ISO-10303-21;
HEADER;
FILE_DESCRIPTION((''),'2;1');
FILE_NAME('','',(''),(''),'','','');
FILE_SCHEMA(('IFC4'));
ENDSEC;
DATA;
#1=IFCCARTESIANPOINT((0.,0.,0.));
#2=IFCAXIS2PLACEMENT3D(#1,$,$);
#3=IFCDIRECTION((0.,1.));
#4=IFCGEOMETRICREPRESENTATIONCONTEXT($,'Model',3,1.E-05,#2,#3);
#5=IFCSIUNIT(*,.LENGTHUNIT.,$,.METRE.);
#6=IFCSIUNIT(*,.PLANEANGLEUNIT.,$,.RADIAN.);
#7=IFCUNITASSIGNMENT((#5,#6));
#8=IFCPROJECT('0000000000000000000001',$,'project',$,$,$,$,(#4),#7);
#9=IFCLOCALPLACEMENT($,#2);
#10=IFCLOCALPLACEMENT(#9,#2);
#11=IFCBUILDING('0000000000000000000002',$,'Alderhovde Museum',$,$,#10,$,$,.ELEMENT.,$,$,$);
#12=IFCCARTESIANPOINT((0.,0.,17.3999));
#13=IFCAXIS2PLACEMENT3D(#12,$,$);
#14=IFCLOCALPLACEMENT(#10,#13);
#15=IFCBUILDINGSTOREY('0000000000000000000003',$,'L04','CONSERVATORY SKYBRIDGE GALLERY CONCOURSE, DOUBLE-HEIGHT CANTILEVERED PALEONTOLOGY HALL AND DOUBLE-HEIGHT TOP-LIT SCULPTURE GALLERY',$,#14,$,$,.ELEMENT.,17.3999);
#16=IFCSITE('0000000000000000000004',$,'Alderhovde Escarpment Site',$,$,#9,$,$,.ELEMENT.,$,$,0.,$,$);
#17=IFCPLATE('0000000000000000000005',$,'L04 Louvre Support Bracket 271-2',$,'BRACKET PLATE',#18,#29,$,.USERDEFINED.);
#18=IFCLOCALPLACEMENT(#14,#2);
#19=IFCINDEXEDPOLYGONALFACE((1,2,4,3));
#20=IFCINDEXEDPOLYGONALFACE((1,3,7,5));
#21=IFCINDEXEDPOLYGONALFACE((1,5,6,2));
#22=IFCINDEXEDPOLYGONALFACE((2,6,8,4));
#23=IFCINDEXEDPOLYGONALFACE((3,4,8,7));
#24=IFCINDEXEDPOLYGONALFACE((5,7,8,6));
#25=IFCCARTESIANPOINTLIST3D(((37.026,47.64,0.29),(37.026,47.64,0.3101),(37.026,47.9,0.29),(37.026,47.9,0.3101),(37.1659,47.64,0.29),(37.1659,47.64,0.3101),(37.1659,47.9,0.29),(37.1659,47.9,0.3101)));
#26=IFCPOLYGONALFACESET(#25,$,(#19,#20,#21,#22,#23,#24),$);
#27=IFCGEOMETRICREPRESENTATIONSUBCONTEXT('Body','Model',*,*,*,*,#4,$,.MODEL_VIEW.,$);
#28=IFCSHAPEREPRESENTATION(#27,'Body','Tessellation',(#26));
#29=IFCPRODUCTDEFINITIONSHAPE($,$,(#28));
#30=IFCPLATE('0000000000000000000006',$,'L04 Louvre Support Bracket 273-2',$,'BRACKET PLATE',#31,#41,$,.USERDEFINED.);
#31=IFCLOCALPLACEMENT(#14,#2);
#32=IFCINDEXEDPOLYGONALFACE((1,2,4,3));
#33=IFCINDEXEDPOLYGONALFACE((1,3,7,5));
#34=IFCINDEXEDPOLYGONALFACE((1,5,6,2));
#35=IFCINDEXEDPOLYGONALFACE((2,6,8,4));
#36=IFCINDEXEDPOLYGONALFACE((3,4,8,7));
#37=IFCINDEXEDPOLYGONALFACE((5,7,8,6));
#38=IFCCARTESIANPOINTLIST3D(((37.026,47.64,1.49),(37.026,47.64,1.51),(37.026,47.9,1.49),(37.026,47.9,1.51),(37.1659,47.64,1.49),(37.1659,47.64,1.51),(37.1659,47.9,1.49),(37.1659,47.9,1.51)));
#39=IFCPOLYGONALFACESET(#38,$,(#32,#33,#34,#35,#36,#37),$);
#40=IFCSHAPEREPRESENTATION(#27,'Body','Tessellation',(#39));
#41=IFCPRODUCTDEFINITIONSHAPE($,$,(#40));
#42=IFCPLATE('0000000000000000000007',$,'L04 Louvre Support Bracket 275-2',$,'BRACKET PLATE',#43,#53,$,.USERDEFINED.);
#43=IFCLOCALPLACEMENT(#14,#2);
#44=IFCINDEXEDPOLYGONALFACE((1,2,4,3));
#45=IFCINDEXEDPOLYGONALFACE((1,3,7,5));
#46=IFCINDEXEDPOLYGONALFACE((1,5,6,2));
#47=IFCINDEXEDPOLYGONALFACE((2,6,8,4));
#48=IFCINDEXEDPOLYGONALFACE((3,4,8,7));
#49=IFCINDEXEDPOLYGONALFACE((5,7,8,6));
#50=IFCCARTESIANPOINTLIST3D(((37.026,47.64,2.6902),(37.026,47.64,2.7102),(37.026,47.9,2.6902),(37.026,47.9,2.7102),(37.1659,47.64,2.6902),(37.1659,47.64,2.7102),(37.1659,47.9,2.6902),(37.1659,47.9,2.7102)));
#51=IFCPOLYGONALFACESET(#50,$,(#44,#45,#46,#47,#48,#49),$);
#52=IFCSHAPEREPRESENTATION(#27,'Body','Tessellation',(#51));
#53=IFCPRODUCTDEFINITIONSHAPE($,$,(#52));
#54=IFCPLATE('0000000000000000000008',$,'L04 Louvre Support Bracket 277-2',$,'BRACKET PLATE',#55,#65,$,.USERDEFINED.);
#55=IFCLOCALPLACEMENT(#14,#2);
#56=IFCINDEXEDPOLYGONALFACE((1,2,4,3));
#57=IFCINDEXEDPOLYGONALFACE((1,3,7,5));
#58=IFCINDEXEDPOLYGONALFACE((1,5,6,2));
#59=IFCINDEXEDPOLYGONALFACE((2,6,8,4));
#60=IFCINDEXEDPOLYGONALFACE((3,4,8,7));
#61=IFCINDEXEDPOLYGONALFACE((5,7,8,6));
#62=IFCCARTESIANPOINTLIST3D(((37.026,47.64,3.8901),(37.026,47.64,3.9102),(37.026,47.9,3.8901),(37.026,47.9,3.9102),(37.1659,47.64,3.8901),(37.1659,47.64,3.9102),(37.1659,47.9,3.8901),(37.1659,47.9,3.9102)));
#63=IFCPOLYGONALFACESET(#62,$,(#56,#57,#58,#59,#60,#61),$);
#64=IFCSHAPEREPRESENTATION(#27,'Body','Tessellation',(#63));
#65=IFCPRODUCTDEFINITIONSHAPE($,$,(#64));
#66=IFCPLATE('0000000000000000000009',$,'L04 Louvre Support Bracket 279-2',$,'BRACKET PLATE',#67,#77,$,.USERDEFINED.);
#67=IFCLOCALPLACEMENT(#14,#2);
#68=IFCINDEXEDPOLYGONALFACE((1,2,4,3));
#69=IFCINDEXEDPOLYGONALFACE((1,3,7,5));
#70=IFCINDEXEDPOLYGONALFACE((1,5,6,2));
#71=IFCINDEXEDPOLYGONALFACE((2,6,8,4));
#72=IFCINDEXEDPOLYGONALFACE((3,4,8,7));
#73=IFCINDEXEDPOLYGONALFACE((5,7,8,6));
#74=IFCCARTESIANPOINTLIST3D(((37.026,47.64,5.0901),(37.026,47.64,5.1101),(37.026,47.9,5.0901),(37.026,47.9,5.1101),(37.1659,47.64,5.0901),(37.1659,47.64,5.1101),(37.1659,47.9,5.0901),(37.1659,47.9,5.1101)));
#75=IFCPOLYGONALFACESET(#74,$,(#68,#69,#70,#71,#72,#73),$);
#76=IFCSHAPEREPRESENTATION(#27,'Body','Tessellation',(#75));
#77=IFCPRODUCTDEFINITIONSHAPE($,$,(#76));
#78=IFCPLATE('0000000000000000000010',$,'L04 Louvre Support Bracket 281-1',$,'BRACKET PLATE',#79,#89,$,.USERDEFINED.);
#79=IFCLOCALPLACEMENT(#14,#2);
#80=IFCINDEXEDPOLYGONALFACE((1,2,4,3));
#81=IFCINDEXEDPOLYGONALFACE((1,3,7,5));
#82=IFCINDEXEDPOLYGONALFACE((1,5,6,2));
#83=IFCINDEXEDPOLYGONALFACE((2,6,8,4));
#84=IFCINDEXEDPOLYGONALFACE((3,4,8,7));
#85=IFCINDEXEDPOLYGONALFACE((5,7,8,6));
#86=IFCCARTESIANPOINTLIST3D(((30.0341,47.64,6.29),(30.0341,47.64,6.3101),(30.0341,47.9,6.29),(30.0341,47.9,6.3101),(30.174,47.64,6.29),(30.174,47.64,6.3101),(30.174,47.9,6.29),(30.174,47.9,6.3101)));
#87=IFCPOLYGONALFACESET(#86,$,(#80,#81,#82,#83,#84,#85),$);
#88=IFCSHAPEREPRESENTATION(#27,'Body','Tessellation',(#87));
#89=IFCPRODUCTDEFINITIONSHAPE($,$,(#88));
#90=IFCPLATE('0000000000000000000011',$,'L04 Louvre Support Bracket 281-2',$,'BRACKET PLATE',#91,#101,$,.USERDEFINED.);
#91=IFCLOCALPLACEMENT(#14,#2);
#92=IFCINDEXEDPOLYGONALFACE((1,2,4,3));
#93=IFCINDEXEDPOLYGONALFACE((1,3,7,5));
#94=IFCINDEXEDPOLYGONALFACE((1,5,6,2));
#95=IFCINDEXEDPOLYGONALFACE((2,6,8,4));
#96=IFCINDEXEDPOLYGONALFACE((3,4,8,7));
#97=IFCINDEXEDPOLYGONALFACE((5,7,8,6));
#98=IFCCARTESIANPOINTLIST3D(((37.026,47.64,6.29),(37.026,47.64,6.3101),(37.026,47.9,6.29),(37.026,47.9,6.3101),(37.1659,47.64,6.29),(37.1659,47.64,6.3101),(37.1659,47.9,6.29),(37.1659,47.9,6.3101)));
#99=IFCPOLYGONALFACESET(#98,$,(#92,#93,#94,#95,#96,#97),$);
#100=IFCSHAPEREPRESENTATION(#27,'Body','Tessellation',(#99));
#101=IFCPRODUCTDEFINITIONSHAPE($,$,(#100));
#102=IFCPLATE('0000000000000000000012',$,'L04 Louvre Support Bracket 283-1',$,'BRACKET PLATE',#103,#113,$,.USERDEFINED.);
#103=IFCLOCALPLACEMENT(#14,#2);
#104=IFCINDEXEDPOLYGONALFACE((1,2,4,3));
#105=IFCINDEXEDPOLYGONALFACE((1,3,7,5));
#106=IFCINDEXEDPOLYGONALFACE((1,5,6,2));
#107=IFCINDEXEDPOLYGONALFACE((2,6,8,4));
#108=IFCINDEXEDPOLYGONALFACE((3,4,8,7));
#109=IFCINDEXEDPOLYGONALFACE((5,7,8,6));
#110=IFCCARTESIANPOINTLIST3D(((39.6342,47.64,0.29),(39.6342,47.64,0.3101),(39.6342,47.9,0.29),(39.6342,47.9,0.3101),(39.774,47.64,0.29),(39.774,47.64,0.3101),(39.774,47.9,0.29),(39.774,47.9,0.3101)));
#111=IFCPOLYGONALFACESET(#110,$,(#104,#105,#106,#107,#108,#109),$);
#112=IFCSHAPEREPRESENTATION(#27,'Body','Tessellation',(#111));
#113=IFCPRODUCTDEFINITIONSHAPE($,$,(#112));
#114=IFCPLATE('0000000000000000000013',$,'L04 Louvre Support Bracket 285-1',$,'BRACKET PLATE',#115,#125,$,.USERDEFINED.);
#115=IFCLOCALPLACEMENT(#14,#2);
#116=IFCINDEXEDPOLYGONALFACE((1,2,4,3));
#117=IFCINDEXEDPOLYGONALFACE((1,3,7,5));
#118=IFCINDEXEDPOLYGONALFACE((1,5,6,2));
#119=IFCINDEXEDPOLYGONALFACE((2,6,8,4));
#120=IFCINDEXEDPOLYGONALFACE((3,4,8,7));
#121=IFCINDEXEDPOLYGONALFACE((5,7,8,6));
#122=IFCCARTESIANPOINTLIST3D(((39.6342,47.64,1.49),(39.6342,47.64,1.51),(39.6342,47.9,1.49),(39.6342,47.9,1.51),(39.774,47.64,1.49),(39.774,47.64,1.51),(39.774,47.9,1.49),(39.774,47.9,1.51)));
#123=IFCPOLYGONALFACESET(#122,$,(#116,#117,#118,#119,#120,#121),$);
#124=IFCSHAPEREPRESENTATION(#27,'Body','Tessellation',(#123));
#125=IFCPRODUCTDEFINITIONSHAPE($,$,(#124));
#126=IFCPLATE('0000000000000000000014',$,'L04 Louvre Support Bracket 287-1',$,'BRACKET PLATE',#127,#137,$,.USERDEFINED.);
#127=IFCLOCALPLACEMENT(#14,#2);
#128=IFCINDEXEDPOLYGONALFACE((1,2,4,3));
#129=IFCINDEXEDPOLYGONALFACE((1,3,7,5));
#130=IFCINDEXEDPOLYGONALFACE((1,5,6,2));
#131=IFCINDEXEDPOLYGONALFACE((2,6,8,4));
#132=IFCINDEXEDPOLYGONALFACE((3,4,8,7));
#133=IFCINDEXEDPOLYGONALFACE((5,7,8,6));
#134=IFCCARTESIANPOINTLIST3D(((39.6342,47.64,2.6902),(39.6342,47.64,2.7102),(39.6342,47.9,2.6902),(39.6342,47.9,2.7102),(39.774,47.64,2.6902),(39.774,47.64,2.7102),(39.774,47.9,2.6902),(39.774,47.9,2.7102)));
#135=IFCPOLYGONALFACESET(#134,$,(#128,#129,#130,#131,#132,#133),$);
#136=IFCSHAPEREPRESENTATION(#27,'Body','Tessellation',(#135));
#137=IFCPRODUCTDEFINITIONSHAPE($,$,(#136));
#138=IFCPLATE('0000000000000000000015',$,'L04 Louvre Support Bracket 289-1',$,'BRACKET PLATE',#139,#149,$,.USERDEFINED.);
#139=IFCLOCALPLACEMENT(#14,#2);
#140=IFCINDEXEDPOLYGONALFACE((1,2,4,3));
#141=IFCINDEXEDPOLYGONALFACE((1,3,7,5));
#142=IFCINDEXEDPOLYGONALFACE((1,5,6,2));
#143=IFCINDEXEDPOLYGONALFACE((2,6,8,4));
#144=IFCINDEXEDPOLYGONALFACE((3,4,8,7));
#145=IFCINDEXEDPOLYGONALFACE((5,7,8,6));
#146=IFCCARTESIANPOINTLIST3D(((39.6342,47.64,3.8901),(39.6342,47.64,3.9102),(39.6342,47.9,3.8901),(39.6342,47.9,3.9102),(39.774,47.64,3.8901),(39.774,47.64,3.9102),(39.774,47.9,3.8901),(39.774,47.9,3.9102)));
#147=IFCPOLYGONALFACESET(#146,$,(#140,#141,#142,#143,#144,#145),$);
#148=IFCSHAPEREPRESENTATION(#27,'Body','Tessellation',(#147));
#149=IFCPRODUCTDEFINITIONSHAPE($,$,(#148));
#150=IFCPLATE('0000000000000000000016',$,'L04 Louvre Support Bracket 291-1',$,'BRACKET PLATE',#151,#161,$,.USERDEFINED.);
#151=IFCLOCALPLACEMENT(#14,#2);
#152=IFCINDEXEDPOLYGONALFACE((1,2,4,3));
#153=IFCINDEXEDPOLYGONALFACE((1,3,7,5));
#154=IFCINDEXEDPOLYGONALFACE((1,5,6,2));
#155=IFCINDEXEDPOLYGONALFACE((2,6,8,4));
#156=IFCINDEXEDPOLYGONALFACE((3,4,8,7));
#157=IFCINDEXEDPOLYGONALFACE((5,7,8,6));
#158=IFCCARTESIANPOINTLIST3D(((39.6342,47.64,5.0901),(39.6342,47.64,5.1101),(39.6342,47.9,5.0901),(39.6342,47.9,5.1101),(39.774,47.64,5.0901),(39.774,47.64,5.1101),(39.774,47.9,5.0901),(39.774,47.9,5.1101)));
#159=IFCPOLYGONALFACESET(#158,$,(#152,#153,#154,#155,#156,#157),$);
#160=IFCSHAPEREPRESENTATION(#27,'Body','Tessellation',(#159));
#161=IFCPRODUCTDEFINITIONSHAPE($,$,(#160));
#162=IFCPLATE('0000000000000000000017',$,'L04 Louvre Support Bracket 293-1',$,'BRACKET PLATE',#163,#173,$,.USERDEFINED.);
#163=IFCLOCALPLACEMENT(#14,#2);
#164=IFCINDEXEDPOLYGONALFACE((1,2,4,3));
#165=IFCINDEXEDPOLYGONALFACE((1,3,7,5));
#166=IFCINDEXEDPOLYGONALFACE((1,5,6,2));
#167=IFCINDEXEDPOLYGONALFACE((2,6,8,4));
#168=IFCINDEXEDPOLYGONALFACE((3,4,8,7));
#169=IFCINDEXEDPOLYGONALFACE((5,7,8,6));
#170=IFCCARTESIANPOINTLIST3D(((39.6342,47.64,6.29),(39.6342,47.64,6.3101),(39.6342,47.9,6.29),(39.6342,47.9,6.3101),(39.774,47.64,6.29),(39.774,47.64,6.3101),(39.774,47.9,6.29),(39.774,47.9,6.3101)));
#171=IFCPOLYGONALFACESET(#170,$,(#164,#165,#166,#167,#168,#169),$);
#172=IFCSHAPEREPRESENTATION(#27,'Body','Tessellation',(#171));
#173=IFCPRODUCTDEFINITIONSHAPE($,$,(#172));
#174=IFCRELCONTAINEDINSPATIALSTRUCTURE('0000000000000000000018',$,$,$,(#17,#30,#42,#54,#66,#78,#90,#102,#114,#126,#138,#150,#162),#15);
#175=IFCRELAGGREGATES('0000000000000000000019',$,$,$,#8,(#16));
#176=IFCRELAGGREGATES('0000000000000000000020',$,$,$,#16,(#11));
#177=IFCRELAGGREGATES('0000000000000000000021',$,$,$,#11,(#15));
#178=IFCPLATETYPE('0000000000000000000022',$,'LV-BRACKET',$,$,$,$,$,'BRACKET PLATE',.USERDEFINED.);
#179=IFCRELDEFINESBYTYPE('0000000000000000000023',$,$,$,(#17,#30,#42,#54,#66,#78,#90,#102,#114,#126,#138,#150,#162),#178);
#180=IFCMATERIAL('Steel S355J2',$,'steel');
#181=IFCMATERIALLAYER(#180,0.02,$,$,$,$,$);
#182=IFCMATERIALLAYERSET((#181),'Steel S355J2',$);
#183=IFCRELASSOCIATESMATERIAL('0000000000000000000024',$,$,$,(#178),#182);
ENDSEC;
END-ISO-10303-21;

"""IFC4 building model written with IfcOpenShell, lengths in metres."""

from ifc_helpers import new_model, si_unit, direction, frame, origin, origin_2d, place, context, subcontext, project, spatial, rectangle, extrude, material, layer, layer_set, type_object, element, save


model = new_model("IFC4")

# Units and contexts
model_context = context("Model", 3, precision=1e-05, world=origin(), true_north=direction((0.0, 1.0)))
body_context = subcontext(model_context, "Body", "Model", "MODEL_VIEW")
ifc_project = project(units=[si_unit("LENGTHUNIT", "METRE"), si_unit("PLANEANGLEUNIT", "RADIAN")], contexts=[model_context])

# Site, building, storey
site_placement = place(None, origin())
site = spatial("IfcSite", under=ifc_project, at=site_placement, Name="Alderhovde Escarpment Site", CompositionType="ELEMENT", RefElevation=0.0)
building_placement = place(site_placement, origin())
building = spatial("IfcBuilding", under=site, at=building_placement, Name="Alderhovde Museum", CompositionType="ELEMENT")
storey_placement = place(building_placement, frame((0.0, 0.0, 17.3999)))
storey = spatial("IfcBuildingStorey", under=building, at=storey_placement, Name="L04", Description="CONSERVATORY SKYBRIDGE GALLERY CONCOURSE, DOUBLE-HEIGHT CANTILEVERED PALEONTOLOGY HALL AND DOUBLE-HEIGHT TOP-LIT SCULPTURE GALLERY", CompositionType="ELEMENT", Elevation=17.3999)

# Plates
ifc_material_1 = material(Name="Steel S355J2", Category="steel")
ifc_layer_1 = layer(ifc_material_1, 0.02)
ifc_layer_set_1 = layer_set([ifc_layer_1], Name="Steel S355J2")
plate_type_1 = type_object("IfcPlateType", Name="LV-BRACKET", ElementType="BRACKET PLATE", PredefinedType="USERDEFINED", material=ifc_layer_set_1)
for number, where, z_axis, x_axis, name in (
    (1, (37.0959, 47.77, 0.29), (0.0, 0.0, 1.0), (1.0, 0.0, 0.0), "L04 Louvre Support Bracket 271-2"),
    (2, (37.0959, 47.77, 1.49), (0.0, 0.0, 1.0), (1.0, 0.0, 0.0), "L04 Louvre Support Bracket 273-2"),
    (3, (37.0959, 47.77, 2.6902), (0.0, 0.0, 1.0), (1.0, 0.0, 0.0), "L04 Louvre Support Bracket 275-2"),
    (4, (37.0959, 47.77, 3.8901), (0.0, 0.0, 1.0), (1.0, 0.0, 0.0), "L04 Louvre Support Bracket 277-2"),
    (5, (37.0959, 47.77, 5.0901), (0.0, 0.0, 1.0), (1.0, 0.0, 0.0), "L04 Louvre Support Bracket 279-2"),
    (6, (30.104, 47.77, 6.29), (0.0, 0.0, 1.0), (1.0, 0.0, 0.0), "L04 Louvre Support Bracket 281-1"),
    (7, (37.0959, 47.77, 6.29), (0.0, 0.0, 1.0), (1.0, 0.0, 0.0), "L04 Louvre Support Bracket 281-2"),
    (8, (39.7041, 47.77, 0.29), (0.0, 0.0, 1.0), (1.0, 0.0, 0.0), "L04 Louvre Support Bracket 283-1"),
    (9, (39.7041, 47.77, 1.49), (0.0, 0.0, 1.0), (1.0, 0.0, 0.0), "L04 Louvre Support Bracket 285-1"),
    (10, (39.7041, 47.77, 2.6902), (0.0, 0.0, 1.0), (1.0, 0.0, 0.0), "L04 Louvre Support Bracket 287-1"),
    (11, (39.7041, 47.77, 3.8901), (0.0, 0.0, 1.0), (1.0, 0.0, 0.0), "L04 Louvre Support Bracket 289-1"),
    (12, (39.7041, 47.77, 5.0901), (0.0, 0.0, 1.0), (1.0, 0.0, 0.0), "L04 Louvre Support Bracket 291-1"),
    (13, (39.7041, 47.77, 6.29), (0.0, 0.0, 1.0), (1.0, 0.0, 0.0), "L04 Louvre Support Bracket 293-1"),
):
    element("IfcPlate", number, at=place(storey_placement, frame(where, z_axis=z_axis, x_axis=x_axis)), inside=storey, type_object=plate_type_1, Name=name, ObjectType="BRACKET PLATE", PredefinedType="USERDEFINED", context=body_context, shape_type="SweptSolid", body=[
        extrude(rectangle(XDim=0.1399, YDim=0.26, at=origin_2d()), origin(), (0.0, 0.0, 1.0), 0.02),
    ])

save(model, "model.ifc")
